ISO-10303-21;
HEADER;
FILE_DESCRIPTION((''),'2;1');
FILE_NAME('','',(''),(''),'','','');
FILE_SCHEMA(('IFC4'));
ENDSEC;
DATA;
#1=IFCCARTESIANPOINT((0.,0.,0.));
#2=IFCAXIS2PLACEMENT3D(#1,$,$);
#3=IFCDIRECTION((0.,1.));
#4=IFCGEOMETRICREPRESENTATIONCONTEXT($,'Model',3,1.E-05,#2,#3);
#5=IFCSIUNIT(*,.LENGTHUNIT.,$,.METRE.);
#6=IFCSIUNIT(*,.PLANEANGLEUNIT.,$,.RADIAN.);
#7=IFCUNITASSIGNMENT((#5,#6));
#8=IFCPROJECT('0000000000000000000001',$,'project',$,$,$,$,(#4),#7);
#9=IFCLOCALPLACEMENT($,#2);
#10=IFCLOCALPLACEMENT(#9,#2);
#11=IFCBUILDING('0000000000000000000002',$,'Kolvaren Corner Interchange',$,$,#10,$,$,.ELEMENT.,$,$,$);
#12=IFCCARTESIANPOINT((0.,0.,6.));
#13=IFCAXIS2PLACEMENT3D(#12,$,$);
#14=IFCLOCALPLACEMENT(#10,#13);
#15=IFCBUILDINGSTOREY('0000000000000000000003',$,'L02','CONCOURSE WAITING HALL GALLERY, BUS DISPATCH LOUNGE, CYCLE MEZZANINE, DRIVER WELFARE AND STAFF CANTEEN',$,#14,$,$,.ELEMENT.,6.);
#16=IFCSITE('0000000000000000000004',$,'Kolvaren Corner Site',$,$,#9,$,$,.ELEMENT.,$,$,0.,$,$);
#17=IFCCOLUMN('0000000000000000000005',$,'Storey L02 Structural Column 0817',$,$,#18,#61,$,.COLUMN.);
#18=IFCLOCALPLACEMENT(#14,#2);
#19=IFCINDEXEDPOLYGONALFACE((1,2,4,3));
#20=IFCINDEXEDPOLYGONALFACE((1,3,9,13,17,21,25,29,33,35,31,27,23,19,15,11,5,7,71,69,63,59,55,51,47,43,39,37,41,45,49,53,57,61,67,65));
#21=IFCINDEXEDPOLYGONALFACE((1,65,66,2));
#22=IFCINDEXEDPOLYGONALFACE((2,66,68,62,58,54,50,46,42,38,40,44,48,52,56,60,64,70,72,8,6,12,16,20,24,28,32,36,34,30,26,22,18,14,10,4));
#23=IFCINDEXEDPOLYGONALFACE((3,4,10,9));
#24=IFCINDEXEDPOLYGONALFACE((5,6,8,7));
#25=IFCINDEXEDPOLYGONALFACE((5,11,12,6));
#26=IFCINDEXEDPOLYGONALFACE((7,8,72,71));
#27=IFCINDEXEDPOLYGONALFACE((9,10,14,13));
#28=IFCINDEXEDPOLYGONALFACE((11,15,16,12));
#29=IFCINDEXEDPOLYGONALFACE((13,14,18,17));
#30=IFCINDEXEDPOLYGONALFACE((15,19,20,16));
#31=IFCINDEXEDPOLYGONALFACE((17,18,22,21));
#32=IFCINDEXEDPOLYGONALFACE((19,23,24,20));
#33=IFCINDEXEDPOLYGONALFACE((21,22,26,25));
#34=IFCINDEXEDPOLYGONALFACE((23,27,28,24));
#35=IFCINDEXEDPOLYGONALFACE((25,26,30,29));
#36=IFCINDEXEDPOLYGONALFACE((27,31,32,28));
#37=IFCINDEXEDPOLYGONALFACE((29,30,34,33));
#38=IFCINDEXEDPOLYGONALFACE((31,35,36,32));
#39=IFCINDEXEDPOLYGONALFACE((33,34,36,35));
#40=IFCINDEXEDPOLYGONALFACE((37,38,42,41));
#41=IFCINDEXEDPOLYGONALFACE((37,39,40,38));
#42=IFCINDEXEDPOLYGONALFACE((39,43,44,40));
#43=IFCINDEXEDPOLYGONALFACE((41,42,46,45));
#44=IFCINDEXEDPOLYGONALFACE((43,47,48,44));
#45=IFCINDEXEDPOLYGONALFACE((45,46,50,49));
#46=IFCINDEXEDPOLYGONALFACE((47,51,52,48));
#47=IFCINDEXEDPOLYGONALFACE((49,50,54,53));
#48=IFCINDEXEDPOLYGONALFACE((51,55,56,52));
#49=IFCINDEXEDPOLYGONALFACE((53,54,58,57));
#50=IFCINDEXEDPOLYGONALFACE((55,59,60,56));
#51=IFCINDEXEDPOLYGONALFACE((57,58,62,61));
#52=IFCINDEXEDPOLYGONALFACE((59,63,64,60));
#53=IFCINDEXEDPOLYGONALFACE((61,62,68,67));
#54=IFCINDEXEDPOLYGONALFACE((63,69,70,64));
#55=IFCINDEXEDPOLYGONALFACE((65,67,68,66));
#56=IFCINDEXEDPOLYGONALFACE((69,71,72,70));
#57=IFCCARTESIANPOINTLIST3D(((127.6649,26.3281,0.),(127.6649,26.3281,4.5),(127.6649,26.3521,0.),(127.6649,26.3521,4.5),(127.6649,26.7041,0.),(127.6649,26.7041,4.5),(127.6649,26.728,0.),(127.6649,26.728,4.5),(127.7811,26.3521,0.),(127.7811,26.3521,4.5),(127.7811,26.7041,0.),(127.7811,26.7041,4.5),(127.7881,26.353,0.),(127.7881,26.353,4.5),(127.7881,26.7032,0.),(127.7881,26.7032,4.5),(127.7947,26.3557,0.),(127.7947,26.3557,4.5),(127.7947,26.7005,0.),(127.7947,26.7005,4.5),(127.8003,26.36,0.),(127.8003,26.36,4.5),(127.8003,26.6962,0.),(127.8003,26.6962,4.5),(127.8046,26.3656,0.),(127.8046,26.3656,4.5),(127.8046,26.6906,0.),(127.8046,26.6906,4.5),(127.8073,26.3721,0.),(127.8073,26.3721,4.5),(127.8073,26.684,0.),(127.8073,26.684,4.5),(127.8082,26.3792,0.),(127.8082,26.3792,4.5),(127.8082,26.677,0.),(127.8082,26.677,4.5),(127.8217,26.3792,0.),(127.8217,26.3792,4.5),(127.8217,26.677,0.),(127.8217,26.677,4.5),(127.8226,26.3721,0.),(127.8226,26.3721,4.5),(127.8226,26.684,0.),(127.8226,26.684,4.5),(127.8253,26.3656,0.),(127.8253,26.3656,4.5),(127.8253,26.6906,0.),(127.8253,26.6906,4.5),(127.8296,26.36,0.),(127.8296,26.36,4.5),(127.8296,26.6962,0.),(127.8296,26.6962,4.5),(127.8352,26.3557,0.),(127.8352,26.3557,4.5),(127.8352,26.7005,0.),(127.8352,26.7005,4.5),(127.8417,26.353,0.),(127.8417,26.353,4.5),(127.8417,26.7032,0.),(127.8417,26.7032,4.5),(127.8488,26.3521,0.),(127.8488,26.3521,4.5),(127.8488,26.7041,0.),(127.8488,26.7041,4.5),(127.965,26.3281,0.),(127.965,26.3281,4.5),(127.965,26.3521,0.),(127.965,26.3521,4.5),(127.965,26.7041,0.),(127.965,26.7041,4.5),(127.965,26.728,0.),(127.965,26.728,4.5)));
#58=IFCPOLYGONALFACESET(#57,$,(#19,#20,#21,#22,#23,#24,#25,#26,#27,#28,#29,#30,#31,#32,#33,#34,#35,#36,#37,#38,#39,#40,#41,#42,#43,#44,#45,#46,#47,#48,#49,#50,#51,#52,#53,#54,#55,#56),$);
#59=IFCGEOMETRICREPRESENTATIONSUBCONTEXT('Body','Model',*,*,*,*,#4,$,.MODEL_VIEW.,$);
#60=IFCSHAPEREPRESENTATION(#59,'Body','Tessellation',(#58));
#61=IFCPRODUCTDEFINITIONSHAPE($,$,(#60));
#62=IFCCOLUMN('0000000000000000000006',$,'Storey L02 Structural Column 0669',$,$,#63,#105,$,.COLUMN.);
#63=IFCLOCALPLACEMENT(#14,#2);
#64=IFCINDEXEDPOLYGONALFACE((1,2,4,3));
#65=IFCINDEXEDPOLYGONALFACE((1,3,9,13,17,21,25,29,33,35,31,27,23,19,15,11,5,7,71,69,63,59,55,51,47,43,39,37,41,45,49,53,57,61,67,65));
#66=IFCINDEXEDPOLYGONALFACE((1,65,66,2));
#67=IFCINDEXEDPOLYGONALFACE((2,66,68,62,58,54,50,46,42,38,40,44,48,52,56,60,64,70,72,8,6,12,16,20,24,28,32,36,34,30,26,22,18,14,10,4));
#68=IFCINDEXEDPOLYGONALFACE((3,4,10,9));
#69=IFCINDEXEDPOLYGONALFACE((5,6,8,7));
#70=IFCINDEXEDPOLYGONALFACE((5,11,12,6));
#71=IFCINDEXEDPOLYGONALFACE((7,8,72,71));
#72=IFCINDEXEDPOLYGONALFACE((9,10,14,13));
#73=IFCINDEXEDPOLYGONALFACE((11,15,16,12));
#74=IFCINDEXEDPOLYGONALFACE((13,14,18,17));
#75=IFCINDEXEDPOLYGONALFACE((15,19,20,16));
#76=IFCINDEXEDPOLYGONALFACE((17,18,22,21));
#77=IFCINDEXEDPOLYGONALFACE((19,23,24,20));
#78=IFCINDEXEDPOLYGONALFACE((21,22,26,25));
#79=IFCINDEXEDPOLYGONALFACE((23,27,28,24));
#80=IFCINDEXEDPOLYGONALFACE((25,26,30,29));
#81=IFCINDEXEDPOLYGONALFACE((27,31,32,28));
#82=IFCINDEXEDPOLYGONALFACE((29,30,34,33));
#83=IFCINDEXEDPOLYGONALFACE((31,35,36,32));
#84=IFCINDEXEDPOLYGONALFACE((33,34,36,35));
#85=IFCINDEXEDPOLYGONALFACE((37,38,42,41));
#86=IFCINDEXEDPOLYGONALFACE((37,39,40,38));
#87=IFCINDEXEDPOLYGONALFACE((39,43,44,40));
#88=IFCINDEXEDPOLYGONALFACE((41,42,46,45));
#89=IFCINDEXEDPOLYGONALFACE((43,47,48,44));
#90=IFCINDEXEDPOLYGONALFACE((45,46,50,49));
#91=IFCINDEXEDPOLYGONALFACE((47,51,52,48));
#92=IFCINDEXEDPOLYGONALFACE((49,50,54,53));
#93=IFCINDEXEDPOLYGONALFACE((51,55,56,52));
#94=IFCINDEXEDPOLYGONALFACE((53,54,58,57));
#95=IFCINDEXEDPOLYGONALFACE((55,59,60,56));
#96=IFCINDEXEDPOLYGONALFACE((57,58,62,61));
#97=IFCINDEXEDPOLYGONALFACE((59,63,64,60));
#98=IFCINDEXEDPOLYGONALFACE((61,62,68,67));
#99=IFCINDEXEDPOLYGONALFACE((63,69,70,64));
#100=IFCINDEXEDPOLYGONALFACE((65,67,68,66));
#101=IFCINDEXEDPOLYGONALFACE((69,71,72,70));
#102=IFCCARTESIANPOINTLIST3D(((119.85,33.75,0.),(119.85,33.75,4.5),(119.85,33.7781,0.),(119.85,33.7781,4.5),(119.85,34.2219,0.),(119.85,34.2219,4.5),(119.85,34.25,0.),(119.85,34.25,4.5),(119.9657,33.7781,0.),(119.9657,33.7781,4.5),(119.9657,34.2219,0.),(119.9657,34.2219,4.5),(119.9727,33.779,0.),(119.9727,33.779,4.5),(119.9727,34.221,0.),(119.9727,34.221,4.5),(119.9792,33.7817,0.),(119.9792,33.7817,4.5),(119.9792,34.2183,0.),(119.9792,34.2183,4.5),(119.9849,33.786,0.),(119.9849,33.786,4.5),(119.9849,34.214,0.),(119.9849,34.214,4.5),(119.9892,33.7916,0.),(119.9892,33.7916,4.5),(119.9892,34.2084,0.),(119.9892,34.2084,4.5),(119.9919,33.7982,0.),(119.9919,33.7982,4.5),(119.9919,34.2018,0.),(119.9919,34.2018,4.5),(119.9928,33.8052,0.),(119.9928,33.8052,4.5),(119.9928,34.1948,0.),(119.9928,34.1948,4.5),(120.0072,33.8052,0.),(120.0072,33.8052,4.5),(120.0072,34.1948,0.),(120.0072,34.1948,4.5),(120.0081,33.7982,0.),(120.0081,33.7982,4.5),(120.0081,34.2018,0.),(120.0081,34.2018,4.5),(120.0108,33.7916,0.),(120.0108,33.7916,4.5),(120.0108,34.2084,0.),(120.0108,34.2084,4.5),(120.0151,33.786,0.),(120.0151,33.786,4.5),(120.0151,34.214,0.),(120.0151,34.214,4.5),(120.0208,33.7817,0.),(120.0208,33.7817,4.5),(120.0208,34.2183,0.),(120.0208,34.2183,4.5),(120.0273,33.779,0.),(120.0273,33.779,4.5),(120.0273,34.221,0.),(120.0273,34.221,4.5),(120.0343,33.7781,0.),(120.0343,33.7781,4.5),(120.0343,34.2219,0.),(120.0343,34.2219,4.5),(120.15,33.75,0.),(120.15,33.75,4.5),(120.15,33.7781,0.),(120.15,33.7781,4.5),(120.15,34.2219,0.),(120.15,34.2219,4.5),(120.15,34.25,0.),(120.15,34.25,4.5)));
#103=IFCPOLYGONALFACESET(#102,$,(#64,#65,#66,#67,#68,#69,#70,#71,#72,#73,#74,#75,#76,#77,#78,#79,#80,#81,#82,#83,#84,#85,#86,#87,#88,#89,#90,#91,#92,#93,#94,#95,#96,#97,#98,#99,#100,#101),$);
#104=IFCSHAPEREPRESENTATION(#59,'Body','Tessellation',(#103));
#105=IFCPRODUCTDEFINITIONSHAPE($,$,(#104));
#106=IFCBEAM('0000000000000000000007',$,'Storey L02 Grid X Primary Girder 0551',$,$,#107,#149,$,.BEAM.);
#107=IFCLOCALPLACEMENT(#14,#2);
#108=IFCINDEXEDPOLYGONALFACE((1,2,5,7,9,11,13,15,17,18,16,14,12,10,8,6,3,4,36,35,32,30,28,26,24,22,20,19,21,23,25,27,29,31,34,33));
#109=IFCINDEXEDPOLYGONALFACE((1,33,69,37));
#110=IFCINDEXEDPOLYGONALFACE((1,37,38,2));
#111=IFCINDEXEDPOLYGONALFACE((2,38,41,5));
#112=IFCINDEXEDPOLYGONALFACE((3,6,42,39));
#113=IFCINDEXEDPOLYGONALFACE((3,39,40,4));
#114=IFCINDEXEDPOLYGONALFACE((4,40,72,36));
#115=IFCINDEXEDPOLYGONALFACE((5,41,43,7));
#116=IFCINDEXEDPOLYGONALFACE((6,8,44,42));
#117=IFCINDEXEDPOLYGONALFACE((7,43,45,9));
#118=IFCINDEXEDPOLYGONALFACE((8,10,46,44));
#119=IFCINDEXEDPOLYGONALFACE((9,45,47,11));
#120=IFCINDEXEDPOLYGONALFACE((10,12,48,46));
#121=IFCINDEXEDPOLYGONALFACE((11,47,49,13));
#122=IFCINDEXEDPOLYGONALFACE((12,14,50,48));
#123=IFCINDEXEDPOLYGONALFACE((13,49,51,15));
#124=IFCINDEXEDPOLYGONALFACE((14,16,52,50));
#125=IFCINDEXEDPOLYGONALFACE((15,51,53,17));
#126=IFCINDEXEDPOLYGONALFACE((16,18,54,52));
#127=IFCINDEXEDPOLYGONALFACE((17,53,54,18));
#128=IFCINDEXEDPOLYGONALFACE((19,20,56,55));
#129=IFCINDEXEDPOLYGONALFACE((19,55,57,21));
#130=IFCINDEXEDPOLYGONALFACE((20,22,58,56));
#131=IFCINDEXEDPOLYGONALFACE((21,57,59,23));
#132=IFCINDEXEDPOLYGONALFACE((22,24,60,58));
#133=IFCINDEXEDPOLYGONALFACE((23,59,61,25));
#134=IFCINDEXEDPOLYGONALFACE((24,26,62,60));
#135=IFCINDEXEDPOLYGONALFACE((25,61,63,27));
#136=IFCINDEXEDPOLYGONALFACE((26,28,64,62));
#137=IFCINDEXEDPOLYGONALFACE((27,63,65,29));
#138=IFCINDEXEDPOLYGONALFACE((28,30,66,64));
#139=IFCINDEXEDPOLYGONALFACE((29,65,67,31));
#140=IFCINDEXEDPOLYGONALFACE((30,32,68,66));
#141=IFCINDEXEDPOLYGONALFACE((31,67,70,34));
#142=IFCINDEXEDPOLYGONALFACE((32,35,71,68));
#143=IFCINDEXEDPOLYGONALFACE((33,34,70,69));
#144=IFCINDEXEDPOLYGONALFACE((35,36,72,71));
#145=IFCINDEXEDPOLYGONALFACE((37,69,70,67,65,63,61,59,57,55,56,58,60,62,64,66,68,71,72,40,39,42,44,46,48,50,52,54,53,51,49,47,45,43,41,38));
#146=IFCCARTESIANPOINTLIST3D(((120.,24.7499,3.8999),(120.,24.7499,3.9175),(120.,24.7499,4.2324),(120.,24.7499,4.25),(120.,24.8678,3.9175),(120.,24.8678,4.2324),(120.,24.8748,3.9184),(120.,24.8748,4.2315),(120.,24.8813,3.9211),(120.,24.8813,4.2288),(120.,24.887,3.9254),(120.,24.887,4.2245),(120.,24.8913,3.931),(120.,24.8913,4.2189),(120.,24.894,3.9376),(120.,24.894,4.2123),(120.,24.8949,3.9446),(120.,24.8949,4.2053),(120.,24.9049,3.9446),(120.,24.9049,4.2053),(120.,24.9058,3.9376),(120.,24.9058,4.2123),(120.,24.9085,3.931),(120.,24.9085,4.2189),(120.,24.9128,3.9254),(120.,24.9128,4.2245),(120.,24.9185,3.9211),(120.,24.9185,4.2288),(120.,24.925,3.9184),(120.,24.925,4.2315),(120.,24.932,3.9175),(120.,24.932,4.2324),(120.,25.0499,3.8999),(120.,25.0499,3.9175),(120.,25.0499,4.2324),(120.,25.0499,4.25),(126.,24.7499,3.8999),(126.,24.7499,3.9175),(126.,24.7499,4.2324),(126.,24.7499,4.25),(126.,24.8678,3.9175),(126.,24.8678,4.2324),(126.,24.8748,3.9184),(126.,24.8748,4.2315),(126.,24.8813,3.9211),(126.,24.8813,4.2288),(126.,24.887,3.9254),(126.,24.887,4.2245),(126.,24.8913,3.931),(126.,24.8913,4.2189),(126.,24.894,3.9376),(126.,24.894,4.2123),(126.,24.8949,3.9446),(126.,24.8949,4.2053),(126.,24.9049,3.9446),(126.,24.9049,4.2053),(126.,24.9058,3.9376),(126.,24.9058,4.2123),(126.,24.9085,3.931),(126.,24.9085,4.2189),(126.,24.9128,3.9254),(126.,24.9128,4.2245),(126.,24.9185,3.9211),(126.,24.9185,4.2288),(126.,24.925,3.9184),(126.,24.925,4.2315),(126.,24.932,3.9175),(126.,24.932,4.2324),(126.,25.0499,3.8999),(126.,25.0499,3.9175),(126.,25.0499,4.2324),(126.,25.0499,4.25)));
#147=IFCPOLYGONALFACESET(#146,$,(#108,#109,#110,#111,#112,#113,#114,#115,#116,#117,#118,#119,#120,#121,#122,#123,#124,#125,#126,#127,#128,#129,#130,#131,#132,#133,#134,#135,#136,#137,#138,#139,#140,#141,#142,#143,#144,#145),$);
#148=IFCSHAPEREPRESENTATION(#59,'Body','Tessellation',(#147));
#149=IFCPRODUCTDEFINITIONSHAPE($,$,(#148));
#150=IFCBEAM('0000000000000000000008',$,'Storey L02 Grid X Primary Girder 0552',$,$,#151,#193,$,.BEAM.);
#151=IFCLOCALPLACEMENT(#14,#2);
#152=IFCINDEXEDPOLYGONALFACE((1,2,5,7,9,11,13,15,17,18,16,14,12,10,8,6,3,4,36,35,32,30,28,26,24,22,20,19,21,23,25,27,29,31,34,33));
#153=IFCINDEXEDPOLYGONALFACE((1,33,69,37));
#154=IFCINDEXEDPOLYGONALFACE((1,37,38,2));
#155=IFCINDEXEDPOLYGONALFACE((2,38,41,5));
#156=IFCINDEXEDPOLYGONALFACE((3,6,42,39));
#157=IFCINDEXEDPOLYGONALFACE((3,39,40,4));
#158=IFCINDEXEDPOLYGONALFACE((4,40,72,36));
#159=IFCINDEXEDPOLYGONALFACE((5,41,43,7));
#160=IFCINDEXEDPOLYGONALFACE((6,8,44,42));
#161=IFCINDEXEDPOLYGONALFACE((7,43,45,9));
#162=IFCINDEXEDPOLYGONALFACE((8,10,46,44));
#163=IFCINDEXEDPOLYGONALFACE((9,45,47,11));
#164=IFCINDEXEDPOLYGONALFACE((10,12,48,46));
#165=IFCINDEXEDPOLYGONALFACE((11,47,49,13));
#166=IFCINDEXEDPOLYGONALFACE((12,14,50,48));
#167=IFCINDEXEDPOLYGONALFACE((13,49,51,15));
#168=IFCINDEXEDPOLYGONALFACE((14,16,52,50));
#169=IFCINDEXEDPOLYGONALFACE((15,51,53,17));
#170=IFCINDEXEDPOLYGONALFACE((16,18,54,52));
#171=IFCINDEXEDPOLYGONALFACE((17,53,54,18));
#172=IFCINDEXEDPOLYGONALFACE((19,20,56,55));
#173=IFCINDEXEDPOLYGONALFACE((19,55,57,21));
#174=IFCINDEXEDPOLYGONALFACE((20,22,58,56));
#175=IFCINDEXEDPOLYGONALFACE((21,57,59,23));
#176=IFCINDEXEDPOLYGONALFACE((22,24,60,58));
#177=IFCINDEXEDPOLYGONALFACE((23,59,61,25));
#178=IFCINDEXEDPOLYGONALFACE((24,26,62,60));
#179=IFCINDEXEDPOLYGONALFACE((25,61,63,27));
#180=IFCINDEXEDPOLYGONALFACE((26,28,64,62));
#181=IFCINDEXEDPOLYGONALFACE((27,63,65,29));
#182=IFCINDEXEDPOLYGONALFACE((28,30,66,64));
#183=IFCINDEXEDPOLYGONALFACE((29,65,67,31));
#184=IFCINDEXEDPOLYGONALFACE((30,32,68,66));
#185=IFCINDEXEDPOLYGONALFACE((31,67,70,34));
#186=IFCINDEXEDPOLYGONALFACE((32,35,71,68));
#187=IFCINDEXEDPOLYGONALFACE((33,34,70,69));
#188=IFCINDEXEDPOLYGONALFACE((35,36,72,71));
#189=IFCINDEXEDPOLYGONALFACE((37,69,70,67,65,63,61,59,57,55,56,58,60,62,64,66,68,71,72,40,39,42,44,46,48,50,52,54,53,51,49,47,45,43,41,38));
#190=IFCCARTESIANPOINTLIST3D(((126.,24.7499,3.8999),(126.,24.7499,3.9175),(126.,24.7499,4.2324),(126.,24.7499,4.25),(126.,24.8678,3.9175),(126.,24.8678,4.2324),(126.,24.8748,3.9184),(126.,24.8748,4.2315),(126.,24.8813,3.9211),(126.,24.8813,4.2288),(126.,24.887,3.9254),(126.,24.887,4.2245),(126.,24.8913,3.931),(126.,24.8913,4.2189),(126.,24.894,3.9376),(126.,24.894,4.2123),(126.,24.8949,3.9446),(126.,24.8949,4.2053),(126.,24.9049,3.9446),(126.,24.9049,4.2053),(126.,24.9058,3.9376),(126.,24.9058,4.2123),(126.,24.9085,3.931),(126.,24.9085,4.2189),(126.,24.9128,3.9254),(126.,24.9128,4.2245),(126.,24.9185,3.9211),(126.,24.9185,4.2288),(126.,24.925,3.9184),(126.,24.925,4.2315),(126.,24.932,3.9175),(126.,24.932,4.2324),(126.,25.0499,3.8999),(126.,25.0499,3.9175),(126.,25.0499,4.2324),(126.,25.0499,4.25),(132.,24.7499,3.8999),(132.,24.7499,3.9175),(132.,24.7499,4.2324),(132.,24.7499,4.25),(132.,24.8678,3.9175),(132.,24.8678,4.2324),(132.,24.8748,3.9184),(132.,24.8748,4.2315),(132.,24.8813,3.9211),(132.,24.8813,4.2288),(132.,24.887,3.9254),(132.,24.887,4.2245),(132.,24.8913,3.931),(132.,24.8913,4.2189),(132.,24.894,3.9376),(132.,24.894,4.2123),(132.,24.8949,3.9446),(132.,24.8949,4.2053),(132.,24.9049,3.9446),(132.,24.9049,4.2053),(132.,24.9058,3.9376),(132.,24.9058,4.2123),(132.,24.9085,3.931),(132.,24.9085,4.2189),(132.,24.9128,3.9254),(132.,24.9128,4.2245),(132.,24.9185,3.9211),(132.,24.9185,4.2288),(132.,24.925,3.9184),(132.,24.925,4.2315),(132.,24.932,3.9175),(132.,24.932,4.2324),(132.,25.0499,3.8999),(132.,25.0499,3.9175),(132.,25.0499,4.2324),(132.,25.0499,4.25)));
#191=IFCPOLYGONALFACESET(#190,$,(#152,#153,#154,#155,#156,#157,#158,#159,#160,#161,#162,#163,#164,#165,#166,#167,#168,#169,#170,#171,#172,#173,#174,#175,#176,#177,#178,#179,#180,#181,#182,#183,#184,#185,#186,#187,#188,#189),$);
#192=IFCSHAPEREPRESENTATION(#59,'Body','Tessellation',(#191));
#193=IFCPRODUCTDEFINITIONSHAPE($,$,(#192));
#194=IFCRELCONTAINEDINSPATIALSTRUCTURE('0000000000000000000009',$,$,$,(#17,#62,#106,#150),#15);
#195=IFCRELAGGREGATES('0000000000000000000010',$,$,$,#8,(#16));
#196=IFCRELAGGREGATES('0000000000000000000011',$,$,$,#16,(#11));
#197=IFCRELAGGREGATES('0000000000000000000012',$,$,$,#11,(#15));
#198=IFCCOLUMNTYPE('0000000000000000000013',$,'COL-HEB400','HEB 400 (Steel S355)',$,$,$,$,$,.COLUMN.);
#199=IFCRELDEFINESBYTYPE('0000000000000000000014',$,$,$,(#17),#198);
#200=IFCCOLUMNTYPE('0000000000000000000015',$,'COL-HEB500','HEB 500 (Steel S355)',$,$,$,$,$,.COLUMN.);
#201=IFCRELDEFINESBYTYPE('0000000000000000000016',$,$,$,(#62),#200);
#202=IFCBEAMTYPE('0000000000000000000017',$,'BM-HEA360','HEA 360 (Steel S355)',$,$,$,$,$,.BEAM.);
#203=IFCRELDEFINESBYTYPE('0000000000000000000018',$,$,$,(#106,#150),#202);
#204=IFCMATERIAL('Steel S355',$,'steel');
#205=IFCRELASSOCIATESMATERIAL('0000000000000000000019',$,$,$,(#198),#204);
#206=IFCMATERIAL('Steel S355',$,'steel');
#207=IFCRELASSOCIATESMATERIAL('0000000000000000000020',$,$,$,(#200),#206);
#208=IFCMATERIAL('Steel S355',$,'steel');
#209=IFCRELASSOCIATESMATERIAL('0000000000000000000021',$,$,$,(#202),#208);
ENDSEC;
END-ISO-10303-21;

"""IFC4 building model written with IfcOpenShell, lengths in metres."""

from ifc_helpers import new_model, si_unit, direction, frame, origin, origin_2d, place, context, subcontext, project, spatial, i_section, extrude, material, material_profile, profile_set, type_object, element, save


model = new_model("IFC4")

# Units and contexts
model_context = context("Model", 3, precision=1e-05, world=origin(), true_north=direction((0.0, 1.0)))
body_context = subcontext(model_context, "Body", "Model", "MODEL_VIEW")
ifc_project = project(units=[si_unit("LENGTHUNIT", "METRE"), si_unit("PLANEANGLEUNIT", "RADIAN")], contexts=[model_context])

# Site, building, storey
site_placement = place(None, origin())
site = spatial("IfcSite", under=ifc_project, at=site_placement, Name="Kolvaren Corner Site", CompositionType="ELEMENT", RefElevation=0.0)
building_placement = place(site_placement, origin())
building = spatial("IfcBuilding", under=site, at=building_placement, Name="Kolvaren Corner Interchange", CompositionType="ELEMENT")
storey_placement = place(building_placement, frame((0.0, 0.0, 6.0)))
storey = spatial("IfcBuildingStorey", under=building, at=storey_placement, Name="L02", Description="CONCOURSE WAITING HALL GALLERY, BUS DISPATCH LOUNGE, CYCLE MEZZANINE, DRIVER WELFARE AND STAFF CANTEEN", CompositionType="ELEMENT", Elevation=6.0)

# Columns
ifc_material_1 = material(Name="Steel S355", Category="steel")
ifc_material_profile_1 = material_profile(ifc_material_1, i_section(OverallWidth=0.3, OverallDepth=0.3999, WebThickness=0.0134, FlangeThickness=0.0239, FilletRadius=0.0271, at=origin_2d()), Name="HEB 400")
ifc_profile_set_1 = profile_set([ifc_material_profile_1], Name="Steel S355")
column_type_1 = type_object("IfcColumnType", Name="COL-HEB400", Description="HEB 400 (Steel S355)", PredefinedType="COLUMN", material=ifc_profile_set_1)
for number, where, z_axis, x_axis, name in (
    (1, (127.8149, 26.5281, 0.0), (0.0, 0.0, 1.0), (1.0, 0.0, 0.0), "Storey L02 Structural Column 0817"),
):
    element("IfcColumn", number, at=place(storey_placement, frame(where, z_axis=z_axis, x_axis=x_axis)), inside=storey, type_object=column_type_1, Name=name, PredefinedType="COLUMN", context=body_context, shape_type="SweptSolid", body=[
        extrude(i_section(OverallWidth=0.3, OverallDepth=0.3999, WebThickness=0.0134, FlangeThickness=0.0239, FilletRadius=0.0271, at=origin_2d()), origin(), (0.0, 0.0, 1.0), 4.5),
    ])
ifc_material_2 = material(Name="Steel S355", Category="steel")
ifc_material_profile_2 = material_profile(ifc_material_2, i_section(OverallWidth=0.3, OverallDepth=0.5, WebThickness=0.0144, FlangeThickness=0.0281, FilletRadius=0.0271, at=origin_2d()), Name="HEB 500")
ifc_profile_set_2 = profile_set([ifc_material_profile_2], Name="Steel S355")
column_type_2 = type_object("IfcColumnType", Name="COL-HEB500", Description="HEB 500 (Steel S355)", PredefinedType="COLUMN", material=ifc_profile_set_2)
column_placement = place(storey_placement, frame((120.0, 34.0, 0.0), z_axis=(0.0, 0.0, 1.0), x_axis=(1.0, 0.0, 0.0)))
element("IfcColumn", 2, at=column_placement, inside=storey, type_object=column_type_2, Name="Storey L02 Structural Column 0669", PredefinedType="COLUMN", context=body_context, shape_type="SweptSolid", body=[
    extrude(i_section(OverallWidth=0.3, OverallDepth=0.5, WebThickness=0.0144, FlangeThickness=0.0281, FilletRadius=0.0271, at=origin_2d()), origin(), (0.0, 0.0, 1.0), 4.5),
])

# Beams
ifc_material_3 = material(Name="Steel S355", Category="steel")
ifc_material_profile_3 = material_profile(ifc_material_3, i_section(OverallWidth=0.3, OverallDepth=0.3501, WebThickness=0.01, FlangeThickness=0.0176, FilletRadius=0.0271, at=origin_2d()), Name="HEA 360")
ifc_profile_set_3 = profile_set([ifc_material_profile_3], Name="Steel S355")
beam_type_1 = type_object("IfcBeamType", Name="BM-HEA360", Description="HEA 360 (Steel S355)", PredefinedType="BEAM", material=ifc_profile_set_3)
for number, where, z_axis, x_axis, name in (
    (3, (120.0, 24.8999, 4.075), (1.0, 0.0, 0.0), (0.0, 1.0, 0.0), "Storey L02 Grid X Primary Girder 0551"),
    (4, (126.0, 24.8999, 4.075), (1.0, 0.0, 0.0), (0.0, 1.0, 0.0), "Storey L02 Grid X Primary Girder 0552"),
):
    element("IfcBeam", number, at=place(storey_placement, frame(where, z_axis=z_axis, x_axis=x_axis)), inside=storey, type_object=beam_type_1, Name=name, PredefinedType="BEAM", context=body_context, shape_type="SweptSolid", body=[
        extrude(i_section(OverallWidth=0.3, OverallDepth=0.3501, WebThickness=0.01, FlangeThickness=0.0176, FilletRadius=0.0271, at=origin_2d()), origin(), (0.0, 0.0, 1.0), 6.0),
    ])

save(model, "model.ifc")
